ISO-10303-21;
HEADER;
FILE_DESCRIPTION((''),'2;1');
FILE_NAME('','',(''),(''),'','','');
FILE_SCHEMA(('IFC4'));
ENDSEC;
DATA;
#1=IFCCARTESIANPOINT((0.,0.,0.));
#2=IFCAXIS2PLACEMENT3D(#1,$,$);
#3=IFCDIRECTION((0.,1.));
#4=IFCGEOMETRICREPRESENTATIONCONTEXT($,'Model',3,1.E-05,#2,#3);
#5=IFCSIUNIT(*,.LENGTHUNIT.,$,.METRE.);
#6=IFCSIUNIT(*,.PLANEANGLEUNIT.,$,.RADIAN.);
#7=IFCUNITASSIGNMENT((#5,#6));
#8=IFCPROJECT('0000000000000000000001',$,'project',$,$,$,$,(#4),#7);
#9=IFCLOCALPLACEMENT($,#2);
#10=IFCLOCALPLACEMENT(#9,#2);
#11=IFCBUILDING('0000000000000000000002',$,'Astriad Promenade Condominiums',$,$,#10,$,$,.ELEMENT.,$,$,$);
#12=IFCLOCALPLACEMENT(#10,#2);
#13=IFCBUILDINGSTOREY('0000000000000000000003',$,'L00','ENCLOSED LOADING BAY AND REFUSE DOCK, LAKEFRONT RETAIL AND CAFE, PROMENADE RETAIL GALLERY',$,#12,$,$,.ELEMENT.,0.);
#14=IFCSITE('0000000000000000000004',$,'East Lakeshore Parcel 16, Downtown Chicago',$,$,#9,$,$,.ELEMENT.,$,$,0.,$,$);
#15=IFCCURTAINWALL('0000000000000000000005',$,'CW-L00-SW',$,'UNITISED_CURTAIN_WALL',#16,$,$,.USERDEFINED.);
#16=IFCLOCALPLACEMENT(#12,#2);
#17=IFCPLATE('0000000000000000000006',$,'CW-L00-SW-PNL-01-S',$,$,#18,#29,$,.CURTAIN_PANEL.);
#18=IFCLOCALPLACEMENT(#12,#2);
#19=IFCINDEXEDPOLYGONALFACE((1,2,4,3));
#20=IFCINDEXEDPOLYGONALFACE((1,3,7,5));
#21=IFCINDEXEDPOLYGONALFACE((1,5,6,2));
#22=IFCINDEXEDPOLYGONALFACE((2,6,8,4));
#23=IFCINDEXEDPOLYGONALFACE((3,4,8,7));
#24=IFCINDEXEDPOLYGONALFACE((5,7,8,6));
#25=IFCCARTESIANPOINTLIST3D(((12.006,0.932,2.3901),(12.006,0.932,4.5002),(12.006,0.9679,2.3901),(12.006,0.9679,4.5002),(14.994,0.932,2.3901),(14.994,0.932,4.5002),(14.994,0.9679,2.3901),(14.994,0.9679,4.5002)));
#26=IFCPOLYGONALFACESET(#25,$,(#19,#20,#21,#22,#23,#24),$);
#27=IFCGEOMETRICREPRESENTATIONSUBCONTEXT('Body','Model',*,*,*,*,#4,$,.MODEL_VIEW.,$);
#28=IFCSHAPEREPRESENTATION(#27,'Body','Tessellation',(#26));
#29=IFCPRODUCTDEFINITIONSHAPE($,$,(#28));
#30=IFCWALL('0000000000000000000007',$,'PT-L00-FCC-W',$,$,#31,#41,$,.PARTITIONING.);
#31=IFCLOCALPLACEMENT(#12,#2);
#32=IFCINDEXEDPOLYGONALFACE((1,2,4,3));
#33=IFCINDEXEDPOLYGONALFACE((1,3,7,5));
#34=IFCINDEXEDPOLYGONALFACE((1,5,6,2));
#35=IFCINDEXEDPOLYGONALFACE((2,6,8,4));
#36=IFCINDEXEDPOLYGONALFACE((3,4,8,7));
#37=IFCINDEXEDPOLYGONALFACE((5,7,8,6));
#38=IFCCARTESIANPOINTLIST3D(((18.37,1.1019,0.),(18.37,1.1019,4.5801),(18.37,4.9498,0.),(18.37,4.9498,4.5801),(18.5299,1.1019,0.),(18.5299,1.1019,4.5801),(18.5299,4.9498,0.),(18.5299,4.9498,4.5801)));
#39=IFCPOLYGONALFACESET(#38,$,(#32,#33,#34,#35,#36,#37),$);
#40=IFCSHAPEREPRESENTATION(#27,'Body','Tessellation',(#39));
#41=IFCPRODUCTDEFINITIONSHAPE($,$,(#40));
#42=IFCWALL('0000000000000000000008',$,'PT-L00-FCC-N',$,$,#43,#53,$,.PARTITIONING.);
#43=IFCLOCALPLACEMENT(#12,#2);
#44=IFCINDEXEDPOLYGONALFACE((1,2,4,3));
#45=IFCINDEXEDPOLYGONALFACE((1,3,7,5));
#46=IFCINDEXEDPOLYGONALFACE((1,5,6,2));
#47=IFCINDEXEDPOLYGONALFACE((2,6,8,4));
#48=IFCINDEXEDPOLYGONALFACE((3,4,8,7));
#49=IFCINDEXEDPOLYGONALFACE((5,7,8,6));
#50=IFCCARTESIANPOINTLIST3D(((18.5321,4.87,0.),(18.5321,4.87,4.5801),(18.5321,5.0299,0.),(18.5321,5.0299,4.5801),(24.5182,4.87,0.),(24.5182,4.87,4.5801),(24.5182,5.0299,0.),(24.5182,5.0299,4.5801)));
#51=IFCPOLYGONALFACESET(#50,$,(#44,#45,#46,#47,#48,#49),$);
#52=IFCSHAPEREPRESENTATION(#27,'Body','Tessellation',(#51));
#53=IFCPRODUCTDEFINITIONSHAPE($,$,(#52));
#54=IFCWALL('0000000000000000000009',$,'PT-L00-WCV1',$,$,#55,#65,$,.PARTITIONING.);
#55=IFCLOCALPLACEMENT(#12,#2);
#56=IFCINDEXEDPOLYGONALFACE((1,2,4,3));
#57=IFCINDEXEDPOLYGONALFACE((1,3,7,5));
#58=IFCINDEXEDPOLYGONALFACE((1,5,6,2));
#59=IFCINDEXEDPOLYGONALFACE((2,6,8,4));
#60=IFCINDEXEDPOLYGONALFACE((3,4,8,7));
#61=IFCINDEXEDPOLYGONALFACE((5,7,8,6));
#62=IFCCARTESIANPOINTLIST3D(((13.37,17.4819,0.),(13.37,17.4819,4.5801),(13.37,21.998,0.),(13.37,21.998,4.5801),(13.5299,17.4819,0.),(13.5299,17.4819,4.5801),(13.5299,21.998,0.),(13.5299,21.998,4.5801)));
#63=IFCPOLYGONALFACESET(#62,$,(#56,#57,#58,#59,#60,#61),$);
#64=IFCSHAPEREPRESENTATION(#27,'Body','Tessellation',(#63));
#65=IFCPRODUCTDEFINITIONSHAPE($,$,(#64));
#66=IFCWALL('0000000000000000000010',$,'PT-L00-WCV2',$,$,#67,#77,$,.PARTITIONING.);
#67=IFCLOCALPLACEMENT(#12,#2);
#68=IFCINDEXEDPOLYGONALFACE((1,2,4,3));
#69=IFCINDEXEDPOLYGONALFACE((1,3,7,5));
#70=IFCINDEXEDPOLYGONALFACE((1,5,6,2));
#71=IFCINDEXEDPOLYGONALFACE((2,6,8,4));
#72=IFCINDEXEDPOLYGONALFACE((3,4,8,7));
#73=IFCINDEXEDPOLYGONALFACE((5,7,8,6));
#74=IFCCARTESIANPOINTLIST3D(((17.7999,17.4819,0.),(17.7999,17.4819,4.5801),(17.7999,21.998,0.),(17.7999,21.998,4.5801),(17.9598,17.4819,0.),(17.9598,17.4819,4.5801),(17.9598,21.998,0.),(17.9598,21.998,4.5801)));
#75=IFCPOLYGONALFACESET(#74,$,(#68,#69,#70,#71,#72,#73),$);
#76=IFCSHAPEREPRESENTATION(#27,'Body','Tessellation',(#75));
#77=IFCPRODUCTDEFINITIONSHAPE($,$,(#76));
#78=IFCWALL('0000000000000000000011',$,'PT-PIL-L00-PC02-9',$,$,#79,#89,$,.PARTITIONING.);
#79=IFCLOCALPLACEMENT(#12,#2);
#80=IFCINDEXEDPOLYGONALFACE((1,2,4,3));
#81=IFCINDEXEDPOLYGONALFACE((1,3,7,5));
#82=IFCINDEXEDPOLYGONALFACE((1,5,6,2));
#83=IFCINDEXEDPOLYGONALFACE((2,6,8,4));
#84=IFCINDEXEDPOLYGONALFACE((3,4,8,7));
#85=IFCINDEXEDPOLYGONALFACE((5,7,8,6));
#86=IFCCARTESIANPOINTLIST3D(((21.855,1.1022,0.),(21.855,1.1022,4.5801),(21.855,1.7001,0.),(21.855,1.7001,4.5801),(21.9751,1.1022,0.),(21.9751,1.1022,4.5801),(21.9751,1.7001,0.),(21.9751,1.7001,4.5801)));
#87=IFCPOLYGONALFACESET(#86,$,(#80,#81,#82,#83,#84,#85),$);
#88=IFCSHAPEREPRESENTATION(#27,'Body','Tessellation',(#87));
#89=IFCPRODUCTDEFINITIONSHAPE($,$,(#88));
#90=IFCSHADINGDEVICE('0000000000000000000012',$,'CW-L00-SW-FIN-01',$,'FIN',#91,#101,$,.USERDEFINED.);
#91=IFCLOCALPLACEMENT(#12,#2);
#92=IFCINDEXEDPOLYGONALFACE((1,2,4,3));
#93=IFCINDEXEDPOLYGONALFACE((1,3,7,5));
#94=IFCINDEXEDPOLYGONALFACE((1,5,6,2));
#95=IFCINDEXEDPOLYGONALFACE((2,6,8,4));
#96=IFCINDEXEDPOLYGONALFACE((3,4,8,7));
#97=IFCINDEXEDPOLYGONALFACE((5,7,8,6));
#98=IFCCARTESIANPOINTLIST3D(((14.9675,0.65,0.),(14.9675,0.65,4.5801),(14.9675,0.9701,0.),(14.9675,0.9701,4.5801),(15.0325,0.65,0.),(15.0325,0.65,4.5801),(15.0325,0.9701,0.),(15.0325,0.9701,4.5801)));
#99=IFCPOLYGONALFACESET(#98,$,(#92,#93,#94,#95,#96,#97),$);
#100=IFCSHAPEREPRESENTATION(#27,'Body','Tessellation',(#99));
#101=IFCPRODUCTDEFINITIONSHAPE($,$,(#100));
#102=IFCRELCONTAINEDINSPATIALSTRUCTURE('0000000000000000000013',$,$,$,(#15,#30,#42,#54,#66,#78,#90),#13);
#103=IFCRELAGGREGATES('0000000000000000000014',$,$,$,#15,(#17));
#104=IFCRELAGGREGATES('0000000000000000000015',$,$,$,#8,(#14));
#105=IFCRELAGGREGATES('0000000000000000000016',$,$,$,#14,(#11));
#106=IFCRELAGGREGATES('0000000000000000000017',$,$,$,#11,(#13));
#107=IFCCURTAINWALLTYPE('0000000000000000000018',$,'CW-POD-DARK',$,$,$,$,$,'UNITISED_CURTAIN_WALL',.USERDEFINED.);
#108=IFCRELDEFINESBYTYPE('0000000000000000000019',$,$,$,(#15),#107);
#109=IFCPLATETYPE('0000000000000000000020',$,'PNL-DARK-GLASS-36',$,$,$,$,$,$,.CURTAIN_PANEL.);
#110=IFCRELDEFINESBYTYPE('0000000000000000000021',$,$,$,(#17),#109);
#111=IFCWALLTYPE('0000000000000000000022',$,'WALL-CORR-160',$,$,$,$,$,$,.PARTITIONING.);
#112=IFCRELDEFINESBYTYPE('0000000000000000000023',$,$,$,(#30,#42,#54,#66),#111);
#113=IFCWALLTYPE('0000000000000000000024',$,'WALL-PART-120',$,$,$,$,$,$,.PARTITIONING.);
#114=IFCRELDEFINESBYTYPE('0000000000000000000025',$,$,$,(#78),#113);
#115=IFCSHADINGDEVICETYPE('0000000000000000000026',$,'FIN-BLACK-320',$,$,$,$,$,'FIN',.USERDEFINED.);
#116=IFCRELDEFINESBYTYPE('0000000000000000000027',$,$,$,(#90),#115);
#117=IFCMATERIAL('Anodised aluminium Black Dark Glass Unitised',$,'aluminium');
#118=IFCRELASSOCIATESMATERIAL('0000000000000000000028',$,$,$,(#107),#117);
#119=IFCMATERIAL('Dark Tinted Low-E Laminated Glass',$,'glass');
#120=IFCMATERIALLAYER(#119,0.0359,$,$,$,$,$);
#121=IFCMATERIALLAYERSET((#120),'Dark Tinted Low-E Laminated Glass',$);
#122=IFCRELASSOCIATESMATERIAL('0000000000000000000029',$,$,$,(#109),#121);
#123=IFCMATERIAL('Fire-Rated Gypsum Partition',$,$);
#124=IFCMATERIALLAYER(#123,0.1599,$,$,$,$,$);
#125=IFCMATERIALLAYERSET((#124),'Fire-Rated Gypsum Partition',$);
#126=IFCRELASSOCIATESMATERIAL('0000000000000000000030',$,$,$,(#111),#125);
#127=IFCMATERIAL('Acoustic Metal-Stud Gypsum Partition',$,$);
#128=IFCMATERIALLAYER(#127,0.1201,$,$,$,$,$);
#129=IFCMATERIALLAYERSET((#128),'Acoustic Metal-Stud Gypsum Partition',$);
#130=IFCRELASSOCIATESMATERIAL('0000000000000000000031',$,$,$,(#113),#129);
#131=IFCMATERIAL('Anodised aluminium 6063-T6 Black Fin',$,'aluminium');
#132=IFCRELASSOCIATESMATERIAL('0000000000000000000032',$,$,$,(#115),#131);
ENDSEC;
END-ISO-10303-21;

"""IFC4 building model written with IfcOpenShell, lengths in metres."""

from ifc_helpers import new_model, si_unit, direction, frame, frame_2d, origin, origin_2d, place, context, subcontext, project, spatial, rectangle, extrude, source, transform, mapped, material, layer, layer_set, type_object, type_shapes, element, aggregate, save


model = new_model("IFC4")

# Units and contexts
model_context = context("Model", 3, precision=1e-05, world=origin(), true_north=direction((0.0, 1.0)))
body_context = subcontext(model_context, "Body", "Model", "MODEL_VIEW")
ifc_project = project(units=[si_unit("LENGTHUNIT", "METRE"), si_unit("PLANEANGLEUNIT", "RADIAN")], contexts=[model_context])

# Site, building, storey
site_placement = place(None, origin())
site = spatial("IfcSite", under=ifc_project, at=site_placement, Name="East Lakeshore Parcel 16, Downtown Chicago", CompositionType="ELEMENT", RefElevation=0.0)
building_placement = place(site_placement, origin())
building = spatial("IfcBuilding", under=site, at=building_placement, Name="Astriad Promenade Condominiums", CompositionType="ELEMENT")
storey_placement = place(building_placement, origin())
storey = spatial("IfcBuildingStorey", under=building, at=storey_placement, Name="L00", Description="ENCLOSED LOADING BAY AND REFUSE DOCK, LAKEFRONT RETAIL AND CAFE, PROMENADE RETAIL GALLERY", CompositionType="ELEMENT", Elevation=0.0)

# Curtain wall
ifc_material_1 = material(Name="Anodised aluminium Black Dark Glass Unitised", Category="aluminium")
curtain_wall_type = type_object("IfcCurtainWallType", Name="CW-POD-DARK", ElementType="UNITISED_CURTAIN_WALL", PredefinedType="USERDEFINED", material=ifc_material_1)
curtain_wall_placement = place(storey_placement, origin())
curtain_wall = element("IfcCurtainWall", 1, at=curtain_wall_placement, inside=storey, type_object=curtain_wall_type, Name="CW-L00-SW", ObjectType="UNITISED_CURTAIN_WALL", PredefinedType="USERDEFINED")

# Plate
ifc_material_2 = material(Name="Dark Tinted Low-E Laminated Glass", Category="glass")
ifc_layer_1 = layer(ifc_material_2, 0.0359)
ifc_layer_set_1 = layer_set([ifc_layer_1], Name="Dark Tinted Low-E Laminated Glass")
plate_type_1 = type_object("IfcPlateType", Name="PNL-DARK-GLASS-36", PredefinedType="CURTAIN_PANEL", material=ifc_layer_set_1)
shared_shape_1 = source(origin(), body_context, "Body", "SweptSolid", [
    extrude(rectangle(XDim=2.988, YDim=0.0359, at=origin_2d()), origin(), (0.0, 0.0, 1.0), 2.1101),
])
plate_1_placement = place(storey_placement, frame((13.5, 0.95, 2.3901), z_axis=(0.0, 0.0, 1.0), x_axis=(-1.0, 0.0, 0.0)))
plate_1 = element("IfcPlate", 2, at=plate_1_placement, type_object=plate_type_1, Name="CW-L00-SW-PNL-01-S", PredefinedType="CURTAIN_PANEL", context=body_context, shape_type="MappedRepresentation", body=[
    mapped(shared_shape_1, transform((0.0, 0.0, 0.0), scale=1.0)),
])
aggregate(curtain_wall, [plate_1])

# Walls
ifc_material_3 = material(Name="Fire-Rated Gypsum Partition")
ifc_layer_2 = layer(ifc_material_3, 0.1599)
ifc_layer_set_2 = layer_set([ifc_layer_2], Name="Fire-Rated Gypsum Partition")
wall_type_1 = type_object("IfcWallType", Name="WALL-CORR-160", PredefinedType="PARTITIONING", material=ifc_layer_set_2)
wall_1_placement = place(storey_placement, frame((18.45, 1.1021, 0.0), z_axis=(0.0, 0.0, 1.0), x_axis=(0.0, 1.0, 0.0)))
element("IfcWall", 3, at=wall_1_placement, inside=storey, type_object=wall_type_1, Name="PT-L00-FCC-W", PredefinedType="PARTITIONING", context=body_context, shape_type="SweptSolid", body=[
    extrude(rectangle(XDim=3.8479, YDim=0.1599, at=frame_2d((1.9238, 0.0))), origin(), (0.0, 0.0, 1.0), 4.5801),
])
wall_2_placement = place(storey_placement, frame((18.532, 4.95, 0.0), z_axis=(0.0, 0.0, 1.0), x_axis=(1.0, 0.0, 0.0)))
element("IfcWall", 4, at=wall_2_placement, inside=storey, type_object=wall_type_1, Name="PT-L00-FCC-N", PredefinedType="PARTITIONING", context=body_context, shape_type="SweptSolid", body=[
    extrude(rectangle(XDim=5.9861, YDim=0.1599, at=frame_2d((2.9932, 0.0))), origin(), (0.0, 0.0, 1.0), 4.5801),
])
for number, where, z_axis, x_axis, name in (
    (5, (13.45, 17.4819, 0.0), (0.0, 0.0, 1.0), (0.0, 1.0, 0.0), "PT-L00-WCV1"),
    (6, (17.8799, 17.4819, 0.0), (0.0, 0.0, 1.0), (0.0, 1.0, 0.0), "PT-L00-WCV2"),
):
    element("IfcWall", number, at=place(storey_placement, frame(where, z_axis=z_axis, x_axis=x_axis)), inside=storey, type_object=wall_type_1, Name=name, PredefinedType="PARTITIONING", context=body_context, shape_type="SweptSolid", body=[
        extrude(rectangle(XDim=4.5161, YDim=0.1599, at=frame_2d((2.2581, 0.0))), origin(), (0.0, 0.0, 1.0), 4.5801),
    ])
ifc_material_4 = material(Name="Acoustic Metal-Stud Gypsum Partition")
ifc_layer_3 = layer(ifc_material_4, 0.1201)
ifc_layer_set_3 = layer_set([ifc_layer_3], Name="Acoustic Metal-Stud Gypsum Partition")
wall_type_2 = type_object("IfcWallType", Name="WALL-PART-120", PredefinedType="PARTITIONING", material=ifc_layer_set_3)
wall_3_placement = place(storey_placement, frame((21.915, 1.7, 0.0), z_axis=(0.0, 0.0, 1.0), x_axis=(0.0, -1.0, 0.0)))
element("IfcWall", 7, at=wall_3_placement, inside=storey, type_object=wall_type_2, Name="PT-PIL-L00-PC02-9", PredefinedType="PARTITIONING", context=body_context, shape_type="SweptSolid", body=[
    extrude(rectangle(XDim=0.5979, YDim=0.1201, at=frame_2d((0.2988, 0.0))), origin(), (0.0, 0.0, 1.0), 4.5801),
])

# Shading device
ifc_material_5 = material(Name="Anodised aluminium 6063-T6 Black Fin", Category="aluminium")
shading_device_type = type_object("IfcShadingDeviceType", Name="FIN-BLACK-320", ElementType="FIN", PredefinedType="USERDEFINED", material=ifc_material_5)
shared_shape_2 = source(origin(), body_context, "Body", "SweptSolid", [
    extrude(rectangle(XDim=0.0649, YDim=0.3201, at=origin_2d()), origin(), (0.0, 0.0, 1.0), 4.5801),
])
type_shapes(shading_device_type, [shared_shape_2])
shading_device_placement = place(storey_placement, frame((15.0, 0.8101, 0.0), z_axis=(0.0, 0.0, 1.0), x_axis=(-1.0, 0.0, 0.0)))
element("IfcShadingDevice", 8, at=shading_device_placement, inside=storey, type_object=shading_device_type, Name="CW-L00-SW-FIN-01", ObjectType="FIN", PredefinedType="USERDEFINED", context=body_context, shape_type="MappedRepresentation", body=[
    mapped(shared_shape_2, transform((0.0, 0.0, 0.0), scale=1.0)),
])

save(model, "model.ifc")
